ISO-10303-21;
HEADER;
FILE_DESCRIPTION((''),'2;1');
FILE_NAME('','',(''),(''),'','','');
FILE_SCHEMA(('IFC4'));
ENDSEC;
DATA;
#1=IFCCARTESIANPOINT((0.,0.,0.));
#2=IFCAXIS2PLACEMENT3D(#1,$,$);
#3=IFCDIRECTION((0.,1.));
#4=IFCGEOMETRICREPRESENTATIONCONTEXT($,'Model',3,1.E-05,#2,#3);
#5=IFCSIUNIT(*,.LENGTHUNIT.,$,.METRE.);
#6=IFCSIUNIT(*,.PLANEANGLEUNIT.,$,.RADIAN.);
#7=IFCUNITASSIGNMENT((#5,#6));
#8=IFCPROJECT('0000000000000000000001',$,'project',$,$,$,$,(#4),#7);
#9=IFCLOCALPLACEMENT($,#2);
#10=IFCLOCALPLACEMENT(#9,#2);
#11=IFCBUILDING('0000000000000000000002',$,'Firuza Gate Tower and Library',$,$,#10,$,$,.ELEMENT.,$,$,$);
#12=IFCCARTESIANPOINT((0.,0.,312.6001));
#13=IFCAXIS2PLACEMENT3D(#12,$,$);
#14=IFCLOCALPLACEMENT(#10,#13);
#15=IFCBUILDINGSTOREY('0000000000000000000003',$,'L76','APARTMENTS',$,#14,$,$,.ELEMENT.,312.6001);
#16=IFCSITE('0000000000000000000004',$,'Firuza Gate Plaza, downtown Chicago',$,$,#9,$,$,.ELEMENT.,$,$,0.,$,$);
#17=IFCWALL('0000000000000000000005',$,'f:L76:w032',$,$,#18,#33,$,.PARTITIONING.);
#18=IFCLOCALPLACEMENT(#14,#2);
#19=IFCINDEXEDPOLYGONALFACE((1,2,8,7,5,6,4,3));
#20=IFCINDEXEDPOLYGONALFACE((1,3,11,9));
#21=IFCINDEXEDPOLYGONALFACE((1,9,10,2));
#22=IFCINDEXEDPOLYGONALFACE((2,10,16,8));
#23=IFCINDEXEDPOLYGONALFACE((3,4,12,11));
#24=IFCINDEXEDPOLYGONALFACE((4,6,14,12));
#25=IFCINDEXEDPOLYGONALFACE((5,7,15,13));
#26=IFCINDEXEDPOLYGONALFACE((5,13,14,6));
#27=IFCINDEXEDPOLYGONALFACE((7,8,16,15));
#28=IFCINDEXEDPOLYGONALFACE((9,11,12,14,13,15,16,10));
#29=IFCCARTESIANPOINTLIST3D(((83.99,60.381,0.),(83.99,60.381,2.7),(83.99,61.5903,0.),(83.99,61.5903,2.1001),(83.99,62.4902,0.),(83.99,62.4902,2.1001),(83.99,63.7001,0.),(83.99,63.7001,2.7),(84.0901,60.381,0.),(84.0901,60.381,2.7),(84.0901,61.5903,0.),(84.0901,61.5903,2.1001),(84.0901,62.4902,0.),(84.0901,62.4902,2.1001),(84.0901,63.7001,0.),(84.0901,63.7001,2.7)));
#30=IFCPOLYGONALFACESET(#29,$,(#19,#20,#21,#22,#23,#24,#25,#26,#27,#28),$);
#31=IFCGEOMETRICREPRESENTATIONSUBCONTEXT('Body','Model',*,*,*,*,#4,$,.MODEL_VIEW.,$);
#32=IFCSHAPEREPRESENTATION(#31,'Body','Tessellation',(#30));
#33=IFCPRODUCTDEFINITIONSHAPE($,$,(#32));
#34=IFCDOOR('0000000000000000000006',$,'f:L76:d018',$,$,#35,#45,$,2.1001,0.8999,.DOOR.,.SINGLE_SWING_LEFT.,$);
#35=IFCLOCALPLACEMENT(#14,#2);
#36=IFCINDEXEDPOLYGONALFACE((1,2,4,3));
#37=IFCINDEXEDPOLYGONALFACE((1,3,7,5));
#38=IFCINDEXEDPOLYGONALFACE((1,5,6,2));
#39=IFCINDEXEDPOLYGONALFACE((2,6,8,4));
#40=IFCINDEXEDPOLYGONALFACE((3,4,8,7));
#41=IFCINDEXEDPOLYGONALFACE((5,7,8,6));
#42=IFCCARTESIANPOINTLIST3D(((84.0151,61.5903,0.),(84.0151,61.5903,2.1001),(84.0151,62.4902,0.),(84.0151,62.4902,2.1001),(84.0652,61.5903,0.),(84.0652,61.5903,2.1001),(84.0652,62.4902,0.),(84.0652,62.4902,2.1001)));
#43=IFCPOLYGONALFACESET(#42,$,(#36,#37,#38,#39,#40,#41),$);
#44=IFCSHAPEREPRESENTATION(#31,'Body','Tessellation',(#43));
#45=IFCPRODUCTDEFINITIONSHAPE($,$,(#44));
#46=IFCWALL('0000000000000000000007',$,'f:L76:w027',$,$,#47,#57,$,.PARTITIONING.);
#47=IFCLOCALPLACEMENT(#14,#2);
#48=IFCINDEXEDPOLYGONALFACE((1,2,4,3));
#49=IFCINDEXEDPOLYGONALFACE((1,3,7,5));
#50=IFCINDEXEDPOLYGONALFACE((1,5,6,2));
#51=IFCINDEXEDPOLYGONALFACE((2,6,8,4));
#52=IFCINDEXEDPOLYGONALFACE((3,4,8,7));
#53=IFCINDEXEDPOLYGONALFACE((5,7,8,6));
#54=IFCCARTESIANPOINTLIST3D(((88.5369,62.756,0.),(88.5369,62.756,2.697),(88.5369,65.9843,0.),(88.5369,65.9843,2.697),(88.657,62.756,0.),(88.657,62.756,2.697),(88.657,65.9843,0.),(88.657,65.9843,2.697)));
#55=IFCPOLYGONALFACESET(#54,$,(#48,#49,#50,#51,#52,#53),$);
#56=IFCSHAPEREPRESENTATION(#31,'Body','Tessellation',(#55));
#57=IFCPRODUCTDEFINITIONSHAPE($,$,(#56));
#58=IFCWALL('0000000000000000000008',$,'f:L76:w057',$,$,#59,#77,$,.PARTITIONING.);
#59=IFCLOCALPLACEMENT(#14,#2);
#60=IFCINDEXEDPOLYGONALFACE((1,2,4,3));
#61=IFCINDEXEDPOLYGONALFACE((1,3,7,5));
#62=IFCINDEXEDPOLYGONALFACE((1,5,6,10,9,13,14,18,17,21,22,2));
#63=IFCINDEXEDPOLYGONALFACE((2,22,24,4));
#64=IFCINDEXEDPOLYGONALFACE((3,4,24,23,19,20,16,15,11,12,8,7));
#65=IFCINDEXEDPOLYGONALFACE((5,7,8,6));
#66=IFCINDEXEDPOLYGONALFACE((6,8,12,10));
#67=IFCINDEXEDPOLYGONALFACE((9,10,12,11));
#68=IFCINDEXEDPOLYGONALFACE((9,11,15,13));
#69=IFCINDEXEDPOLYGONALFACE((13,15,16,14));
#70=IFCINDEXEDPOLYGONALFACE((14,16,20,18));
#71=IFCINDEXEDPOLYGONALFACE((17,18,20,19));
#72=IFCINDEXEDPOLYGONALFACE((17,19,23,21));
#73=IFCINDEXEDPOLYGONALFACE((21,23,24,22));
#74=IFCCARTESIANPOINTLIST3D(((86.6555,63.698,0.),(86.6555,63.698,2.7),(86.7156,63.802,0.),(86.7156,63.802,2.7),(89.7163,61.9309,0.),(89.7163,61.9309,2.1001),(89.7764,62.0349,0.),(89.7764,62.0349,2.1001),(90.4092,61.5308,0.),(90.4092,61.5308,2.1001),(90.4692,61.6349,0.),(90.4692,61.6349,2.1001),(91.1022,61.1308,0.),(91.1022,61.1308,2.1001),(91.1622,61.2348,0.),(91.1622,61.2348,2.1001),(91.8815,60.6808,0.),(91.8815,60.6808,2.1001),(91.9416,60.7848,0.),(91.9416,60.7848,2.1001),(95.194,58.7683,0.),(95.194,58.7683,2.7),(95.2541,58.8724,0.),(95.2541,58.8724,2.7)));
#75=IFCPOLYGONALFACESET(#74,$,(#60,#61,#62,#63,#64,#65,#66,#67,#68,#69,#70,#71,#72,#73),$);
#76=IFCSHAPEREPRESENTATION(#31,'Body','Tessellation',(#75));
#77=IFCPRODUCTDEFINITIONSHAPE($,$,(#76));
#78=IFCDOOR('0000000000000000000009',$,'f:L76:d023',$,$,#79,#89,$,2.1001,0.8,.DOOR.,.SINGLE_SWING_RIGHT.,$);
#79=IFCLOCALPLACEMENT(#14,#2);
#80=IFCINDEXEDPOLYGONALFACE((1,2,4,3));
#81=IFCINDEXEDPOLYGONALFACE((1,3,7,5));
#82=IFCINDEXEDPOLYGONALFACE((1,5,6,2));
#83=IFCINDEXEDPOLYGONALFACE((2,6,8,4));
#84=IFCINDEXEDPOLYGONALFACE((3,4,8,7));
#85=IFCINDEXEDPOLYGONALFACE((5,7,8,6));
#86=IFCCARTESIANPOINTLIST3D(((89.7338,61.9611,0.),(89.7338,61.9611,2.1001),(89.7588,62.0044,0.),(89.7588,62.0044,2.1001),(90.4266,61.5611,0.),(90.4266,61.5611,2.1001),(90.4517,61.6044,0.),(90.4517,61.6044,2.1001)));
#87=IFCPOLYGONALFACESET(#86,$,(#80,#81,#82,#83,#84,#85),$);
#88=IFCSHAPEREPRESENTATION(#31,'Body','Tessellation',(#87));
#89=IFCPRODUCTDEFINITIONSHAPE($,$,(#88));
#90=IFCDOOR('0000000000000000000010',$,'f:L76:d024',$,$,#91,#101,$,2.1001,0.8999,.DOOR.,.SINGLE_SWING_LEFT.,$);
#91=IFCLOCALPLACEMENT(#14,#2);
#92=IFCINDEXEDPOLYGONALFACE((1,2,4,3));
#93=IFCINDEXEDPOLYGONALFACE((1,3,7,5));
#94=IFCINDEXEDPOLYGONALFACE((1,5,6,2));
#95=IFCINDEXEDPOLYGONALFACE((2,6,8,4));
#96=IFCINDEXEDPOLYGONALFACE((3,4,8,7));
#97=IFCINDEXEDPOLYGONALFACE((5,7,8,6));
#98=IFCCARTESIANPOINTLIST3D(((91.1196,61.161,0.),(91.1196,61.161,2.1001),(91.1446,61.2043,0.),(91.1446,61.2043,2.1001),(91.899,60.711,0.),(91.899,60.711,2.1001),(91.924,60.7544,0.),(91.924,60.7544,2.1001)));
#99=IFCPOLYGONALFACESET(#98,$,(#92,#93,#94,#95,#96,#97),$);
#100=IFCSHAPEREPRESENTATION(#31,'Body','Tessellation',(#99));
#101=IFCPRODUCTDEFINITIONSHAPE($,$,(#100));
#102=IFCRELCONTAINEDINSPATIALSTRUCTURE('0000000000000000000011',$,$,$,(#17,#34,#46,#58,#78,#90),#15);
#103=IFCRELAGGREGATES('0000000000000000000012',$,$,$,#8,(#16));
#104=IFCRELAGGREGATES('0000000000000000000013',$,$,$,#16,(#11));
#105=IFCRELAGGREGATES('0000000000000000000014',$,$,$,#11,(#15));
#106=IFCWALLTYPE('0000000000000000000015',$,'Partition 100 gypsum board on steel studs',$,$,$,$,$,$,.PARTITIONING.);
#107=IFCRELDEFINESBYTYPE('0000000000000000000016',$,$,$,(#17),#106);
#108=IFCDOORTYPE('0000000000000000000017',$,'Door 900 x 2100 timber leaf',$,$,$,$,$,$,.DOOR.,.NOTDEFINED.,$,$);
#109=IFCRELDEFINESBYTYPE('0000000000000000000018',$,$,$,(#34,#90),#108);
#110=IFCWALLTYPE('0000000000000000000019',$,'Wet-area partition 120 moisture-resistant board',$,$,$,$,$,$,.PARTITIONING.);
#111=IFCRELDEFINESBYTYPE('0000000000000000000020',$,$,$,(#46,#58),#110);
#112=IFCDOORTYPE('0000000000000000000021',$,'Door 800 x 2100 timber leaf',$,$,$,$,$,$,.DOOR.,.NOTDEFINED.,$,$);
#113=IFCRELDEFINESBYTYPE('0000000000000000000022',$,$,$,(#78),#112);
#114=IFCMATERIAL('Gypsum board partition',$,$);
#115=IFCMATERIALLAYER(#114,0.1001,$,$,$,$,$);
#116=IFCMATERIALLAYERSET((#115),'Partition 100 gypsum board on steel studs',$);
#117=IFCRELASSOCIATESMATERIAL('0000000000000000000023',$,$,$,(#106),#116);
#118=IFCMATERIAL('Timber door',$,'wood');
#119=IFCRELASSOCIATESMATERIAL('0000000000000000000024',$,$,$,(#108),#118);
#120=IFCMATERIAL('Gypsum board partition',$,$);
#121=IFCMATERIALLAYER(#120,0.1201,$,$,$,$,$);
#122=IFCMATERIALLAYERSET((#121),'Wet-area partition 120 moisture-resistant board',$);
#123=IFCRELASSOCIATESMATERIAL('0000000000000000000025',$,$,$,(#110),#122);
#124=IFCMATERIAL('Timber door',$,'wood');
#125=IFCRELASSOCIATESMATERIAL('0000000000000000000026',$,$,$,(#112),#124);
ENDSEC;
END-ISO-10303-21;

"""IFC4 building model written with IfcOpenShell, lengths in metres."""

from ifc_helpers import new_model, si_unit, direction, frame, frame_2d, origin, place, context, subcontext, project, spatial, rectangle, extrude, material, layer, layer_set, type_object, element, fill, save


model = new_model("IFC4")

# Units and contexts
model_context = context("Model", 3, precision=1e-05, world=origin(), true_north=direction((0.0, 1.0)))
body_context = subcontext(model_context, "Body", "Model", "MODEL_VIEW")
ifc_project = project(units=[si_unit("LENGTHUNIT", "METRE"), si_unit("PLANEANGLEUNIT", "RADIAN")], contexts=[model_context])

# Site, building, storey
site_placement = place(None, origin())
site = spatial("IfcSite", under=ifc_project, at=site_placement, Name="Firuza Gate Plaza, downtown Chicago", CompositionType="ELEMENT", RefElevation=0.0)
building_placement = place(site_placement, origin())
building = spatial("IfcBuilding", under=site, at=building_placement, Name="Firuza Gate Tower and Library", CompositionType="ELEMENT")
storey_placement = place(building_placement, frame((0.0, 0.0, 312.6001)))
storey = spatial("IfcBuildingStorey", under=building, at=storey_placement, Name="L76", Description="APARTMENTS", CompositionType="ELEMENT", Elevation=312.6001)

# Shared definitions
ifc_material_1 = material(Name="Gypsum board partition")
ifc_layer_1 = layer(ifc_material_1, 0.1001)
ifc_layer_set_1 = layer_set([ifc_layer_1], Name="Partition 100 gypsum board on steel studs")
wall_type_1 = type_object("IfcWallType", Name="Partition 100 gypsum board on steel studs", PredefinedType="PARTITIONING", material=ifc_layer_set_1)

# Shared definitions
ifc_material_2 = material(Name="Timber door", Category="wood")
door_type_1 = type_object("IfcDoorType", Name="Door 900 x 2100 timber leaf", OperationType="NOTDEFINED", PredefinedType="DOOR", material=ifc_material_2)

# Wall, opening, door
wall_1_placement = place(storey_placement, frame((84.04, 60.3809, 0.0), z_axis=(0.0, 0.0, 1.0), x_axis=(0.0, 1.0, 0.0)))
wall_1 = element("IfcWall", 1, at=wall_1_placement, inside=storey, type_object=wall_type_1, Name="f:L76:w032", PredefinedType="PARTITIONING", context=body_context, shape_type="SweptSolid", body=[
    extrude(rectangle(XDim=3.3191, YDim=0.1001, at=frame_2d((1.6597, 0.0))), origin(), (0.0, 0.0, 1.0), 2.7),
])
opening_1_placement = place(wall_1_placement, frame((1.2095, 0.0, 0.0)))
opening_1 = element("IfcOpeningElement", 2, at=opening_1_placement, cuts=wall_1, PredefinedType="OPENING", context=body_context, shape_type="SweptSolid", body=[
    extrude(rectangle(XDim=0.8999, YDim=2.1001, at=frame_2d((0.45, 1.05))), frame((0.0, 0.0601, 0.0), z_axis=(0.0, -1.0, 0.0), x_axis=(1.0, 0.0, 0.0)), (0.0, 0.0, 1.0), 0.1201),
])
door_1_placement = place(opening_1_placement, origin())
door_1 = element("IfcDoor", 3, at=door_1_placement, inside=storey, type_object=door_type_1, Name="f:L76:d018", OperationType="SINGLE_SWING_LEFT", OverallHeight=2.1001, OverallWidth=0.8999, PredefinedType="DOOR", context=body_context, shape_type="SweptSolid", body=[
    extrude(rectangle(XDim=0.8999, YDim=2.1001, at=frame_2d((0.45, 1.05))), frame((0.0, 0.0249, 0.0), z_axis=(0.0, -1.0, 0.0), x_axis=(1.0, 0.0, 0.0)), (0.0, 0.0, 1.0), 0.05),
])
fill(opening_1, door_1)

# Wall
ifc_material_3 = material(Name="Gypsum board partition")
ifc_layer_2 = layer(ifc_material_3, 0.1201)
ifc_layer_set_2 = layer_set([ifc_layer_2], Name="Wet-area partition 120 moisture-resistant board")
wall_type_2 = type_object("IfcWallType", Name="Wet-area partition 120 moisture-resistant board", PredefinedType="PARTITIONING", material=ifc_layer_set_2)
wall_2_placement = place(storey_placement, frame((88.5969, 62.7559, 0.0), z_axis=(0.0, 0.0, 1.0), x_axis=(0.0, 1.0, 0.0)))
element("IfcWall", 4, at=wall_2_placement, inside=storey, type_object=wall_type_2, Name="f:L76:w027", PredefinedType="PARTITIONING", context=body_context, shape_type="SweptSolid", body=[
    extrude(rectangle(XDim=3.2283, YDim=0.1201, at=frame_2d((1.6143, 0.0))), origin(), (0.0, 0.0, 1.0), 2.697),
])

# Wall, openings, doors
wall_3_placement = place(storey_placement, frame((86.6855, 63.75, 0.0), z_axis=(0.0, 0.0, 1.0), x_axis=(0.866028, -0.499995, 0.0)))
wall_3 = element("IfcWall", 5, at=wall_3_placement, inside=storey, type_object=wall_type_2, Name="f:L76:w057", PredefinedType="PARTITIONING", context=body_context, shape_type="SweptSolid", body=[
    extrude(rectangle(XDim=9.8594, YDim=0.1201, at=frame_2d((4.9297, 0.0))), origin(), (0.0, 0.0, 1.0), 2.7),
])
opening_2_placement = place(wall_3_placement, frame((3.5344, 0.0, 0.0)))
opening_2 = element("IfcOpeningElement", 6, at=opening_2_placement, cuts=wall_3, PredefinedType="OPENING", context=body_context, shape_type="SweptSolid", body=[
    extrude(rectangle(XDim=0.8, YDim=2.1001, at=frame_2d((0.3999, 1.05))), frame((0.0, 0.0701, 0.0), z_axis=(0.0, -1.0, 0.0), x_axis=(1.0, 0.0, 0.0)), (0.0, 0.0, 1.0), 0.1401),
])
opening_3_placement = place(wall_3_placement, frame((5.1345, 0.0, 0.0)))
opening_3 = element("IfcOpeningElement", 7, at=opening_3_placement, cuts=wall_3, PredefinedType="OPENING", context=body_context, shape_type="SweptSolid", body=[
    extrude(rectangle(XDim=0.8999, YDim=2.1001, at=frame_2d((0.45, 1.05))), frame((0.0, 0.0701, 0.0), z_axis=(0.0, -1.0, 0.0), x_axis=(1.0, 0.0, 0.0)), (0.0, 0.0, 1.0), 0.1401),
])
ifc_material_4 = material(Name="Timber door", Category="wood")
door_type_2 = type_object("IfcDoorType", Name="Door 800 x 2100 timber leaf", OperationType="NOTDEFINED", PredefinedType="DOOR", material=ifc_material_4)
door_2_placement = place(opening_2_placement, origin())
door_2 = element("IfcDoor", 8, at=door_2_placement, inside=storey, type_object=door_type_2, Name="f:L76:d023", OperationType="SINGLE_SWING_RIGHT", OverallHeight=2.1001, OverallWidth=0.8, PredefinedType="DOOR", context=body_context, shape_type="SweptSolid", body=[
    extrude(rectangle(XDim=0.8, YDim=2.1001, at=frame_2d((0.3999, 1.05))), frame((0.0, 0.0249, 0.0), z_axis=(0.0, -1.0, 0.0), x_axis=(1.0, 0.0, 0.0)), (0.0, 0.0, 1.0), 0.05),
])
fill(opening_2, door_2)
door_3_placement = place(opening_3_placement, origin())
door_3 = element("IfcDoor", 9, at=door_3_placement, inside=storey, type_object=door_type_1, Name="f:L76:d024", OperationType="SINGLE_SWING_LEFT", OverallHeight=2.1001, OverallWidth=0.8999, PredefinedType="DOOR", context=body_context, shape_type="SweptSolid", body=[
    extrude(rectangle(XDim=0.8999, YDim=2.1001, at=frame_2d((0.45, 1.05))), frame((0.0, 0.0249, 0.0), z_axis=(0.0, -1.0, 0.0), x_axis=(1.0, 0.0, 0.0)), (0.0, 0.0, 1.0), 0.05),
])
fill(opening_3, door_3)

save(model, "model.ifc")
